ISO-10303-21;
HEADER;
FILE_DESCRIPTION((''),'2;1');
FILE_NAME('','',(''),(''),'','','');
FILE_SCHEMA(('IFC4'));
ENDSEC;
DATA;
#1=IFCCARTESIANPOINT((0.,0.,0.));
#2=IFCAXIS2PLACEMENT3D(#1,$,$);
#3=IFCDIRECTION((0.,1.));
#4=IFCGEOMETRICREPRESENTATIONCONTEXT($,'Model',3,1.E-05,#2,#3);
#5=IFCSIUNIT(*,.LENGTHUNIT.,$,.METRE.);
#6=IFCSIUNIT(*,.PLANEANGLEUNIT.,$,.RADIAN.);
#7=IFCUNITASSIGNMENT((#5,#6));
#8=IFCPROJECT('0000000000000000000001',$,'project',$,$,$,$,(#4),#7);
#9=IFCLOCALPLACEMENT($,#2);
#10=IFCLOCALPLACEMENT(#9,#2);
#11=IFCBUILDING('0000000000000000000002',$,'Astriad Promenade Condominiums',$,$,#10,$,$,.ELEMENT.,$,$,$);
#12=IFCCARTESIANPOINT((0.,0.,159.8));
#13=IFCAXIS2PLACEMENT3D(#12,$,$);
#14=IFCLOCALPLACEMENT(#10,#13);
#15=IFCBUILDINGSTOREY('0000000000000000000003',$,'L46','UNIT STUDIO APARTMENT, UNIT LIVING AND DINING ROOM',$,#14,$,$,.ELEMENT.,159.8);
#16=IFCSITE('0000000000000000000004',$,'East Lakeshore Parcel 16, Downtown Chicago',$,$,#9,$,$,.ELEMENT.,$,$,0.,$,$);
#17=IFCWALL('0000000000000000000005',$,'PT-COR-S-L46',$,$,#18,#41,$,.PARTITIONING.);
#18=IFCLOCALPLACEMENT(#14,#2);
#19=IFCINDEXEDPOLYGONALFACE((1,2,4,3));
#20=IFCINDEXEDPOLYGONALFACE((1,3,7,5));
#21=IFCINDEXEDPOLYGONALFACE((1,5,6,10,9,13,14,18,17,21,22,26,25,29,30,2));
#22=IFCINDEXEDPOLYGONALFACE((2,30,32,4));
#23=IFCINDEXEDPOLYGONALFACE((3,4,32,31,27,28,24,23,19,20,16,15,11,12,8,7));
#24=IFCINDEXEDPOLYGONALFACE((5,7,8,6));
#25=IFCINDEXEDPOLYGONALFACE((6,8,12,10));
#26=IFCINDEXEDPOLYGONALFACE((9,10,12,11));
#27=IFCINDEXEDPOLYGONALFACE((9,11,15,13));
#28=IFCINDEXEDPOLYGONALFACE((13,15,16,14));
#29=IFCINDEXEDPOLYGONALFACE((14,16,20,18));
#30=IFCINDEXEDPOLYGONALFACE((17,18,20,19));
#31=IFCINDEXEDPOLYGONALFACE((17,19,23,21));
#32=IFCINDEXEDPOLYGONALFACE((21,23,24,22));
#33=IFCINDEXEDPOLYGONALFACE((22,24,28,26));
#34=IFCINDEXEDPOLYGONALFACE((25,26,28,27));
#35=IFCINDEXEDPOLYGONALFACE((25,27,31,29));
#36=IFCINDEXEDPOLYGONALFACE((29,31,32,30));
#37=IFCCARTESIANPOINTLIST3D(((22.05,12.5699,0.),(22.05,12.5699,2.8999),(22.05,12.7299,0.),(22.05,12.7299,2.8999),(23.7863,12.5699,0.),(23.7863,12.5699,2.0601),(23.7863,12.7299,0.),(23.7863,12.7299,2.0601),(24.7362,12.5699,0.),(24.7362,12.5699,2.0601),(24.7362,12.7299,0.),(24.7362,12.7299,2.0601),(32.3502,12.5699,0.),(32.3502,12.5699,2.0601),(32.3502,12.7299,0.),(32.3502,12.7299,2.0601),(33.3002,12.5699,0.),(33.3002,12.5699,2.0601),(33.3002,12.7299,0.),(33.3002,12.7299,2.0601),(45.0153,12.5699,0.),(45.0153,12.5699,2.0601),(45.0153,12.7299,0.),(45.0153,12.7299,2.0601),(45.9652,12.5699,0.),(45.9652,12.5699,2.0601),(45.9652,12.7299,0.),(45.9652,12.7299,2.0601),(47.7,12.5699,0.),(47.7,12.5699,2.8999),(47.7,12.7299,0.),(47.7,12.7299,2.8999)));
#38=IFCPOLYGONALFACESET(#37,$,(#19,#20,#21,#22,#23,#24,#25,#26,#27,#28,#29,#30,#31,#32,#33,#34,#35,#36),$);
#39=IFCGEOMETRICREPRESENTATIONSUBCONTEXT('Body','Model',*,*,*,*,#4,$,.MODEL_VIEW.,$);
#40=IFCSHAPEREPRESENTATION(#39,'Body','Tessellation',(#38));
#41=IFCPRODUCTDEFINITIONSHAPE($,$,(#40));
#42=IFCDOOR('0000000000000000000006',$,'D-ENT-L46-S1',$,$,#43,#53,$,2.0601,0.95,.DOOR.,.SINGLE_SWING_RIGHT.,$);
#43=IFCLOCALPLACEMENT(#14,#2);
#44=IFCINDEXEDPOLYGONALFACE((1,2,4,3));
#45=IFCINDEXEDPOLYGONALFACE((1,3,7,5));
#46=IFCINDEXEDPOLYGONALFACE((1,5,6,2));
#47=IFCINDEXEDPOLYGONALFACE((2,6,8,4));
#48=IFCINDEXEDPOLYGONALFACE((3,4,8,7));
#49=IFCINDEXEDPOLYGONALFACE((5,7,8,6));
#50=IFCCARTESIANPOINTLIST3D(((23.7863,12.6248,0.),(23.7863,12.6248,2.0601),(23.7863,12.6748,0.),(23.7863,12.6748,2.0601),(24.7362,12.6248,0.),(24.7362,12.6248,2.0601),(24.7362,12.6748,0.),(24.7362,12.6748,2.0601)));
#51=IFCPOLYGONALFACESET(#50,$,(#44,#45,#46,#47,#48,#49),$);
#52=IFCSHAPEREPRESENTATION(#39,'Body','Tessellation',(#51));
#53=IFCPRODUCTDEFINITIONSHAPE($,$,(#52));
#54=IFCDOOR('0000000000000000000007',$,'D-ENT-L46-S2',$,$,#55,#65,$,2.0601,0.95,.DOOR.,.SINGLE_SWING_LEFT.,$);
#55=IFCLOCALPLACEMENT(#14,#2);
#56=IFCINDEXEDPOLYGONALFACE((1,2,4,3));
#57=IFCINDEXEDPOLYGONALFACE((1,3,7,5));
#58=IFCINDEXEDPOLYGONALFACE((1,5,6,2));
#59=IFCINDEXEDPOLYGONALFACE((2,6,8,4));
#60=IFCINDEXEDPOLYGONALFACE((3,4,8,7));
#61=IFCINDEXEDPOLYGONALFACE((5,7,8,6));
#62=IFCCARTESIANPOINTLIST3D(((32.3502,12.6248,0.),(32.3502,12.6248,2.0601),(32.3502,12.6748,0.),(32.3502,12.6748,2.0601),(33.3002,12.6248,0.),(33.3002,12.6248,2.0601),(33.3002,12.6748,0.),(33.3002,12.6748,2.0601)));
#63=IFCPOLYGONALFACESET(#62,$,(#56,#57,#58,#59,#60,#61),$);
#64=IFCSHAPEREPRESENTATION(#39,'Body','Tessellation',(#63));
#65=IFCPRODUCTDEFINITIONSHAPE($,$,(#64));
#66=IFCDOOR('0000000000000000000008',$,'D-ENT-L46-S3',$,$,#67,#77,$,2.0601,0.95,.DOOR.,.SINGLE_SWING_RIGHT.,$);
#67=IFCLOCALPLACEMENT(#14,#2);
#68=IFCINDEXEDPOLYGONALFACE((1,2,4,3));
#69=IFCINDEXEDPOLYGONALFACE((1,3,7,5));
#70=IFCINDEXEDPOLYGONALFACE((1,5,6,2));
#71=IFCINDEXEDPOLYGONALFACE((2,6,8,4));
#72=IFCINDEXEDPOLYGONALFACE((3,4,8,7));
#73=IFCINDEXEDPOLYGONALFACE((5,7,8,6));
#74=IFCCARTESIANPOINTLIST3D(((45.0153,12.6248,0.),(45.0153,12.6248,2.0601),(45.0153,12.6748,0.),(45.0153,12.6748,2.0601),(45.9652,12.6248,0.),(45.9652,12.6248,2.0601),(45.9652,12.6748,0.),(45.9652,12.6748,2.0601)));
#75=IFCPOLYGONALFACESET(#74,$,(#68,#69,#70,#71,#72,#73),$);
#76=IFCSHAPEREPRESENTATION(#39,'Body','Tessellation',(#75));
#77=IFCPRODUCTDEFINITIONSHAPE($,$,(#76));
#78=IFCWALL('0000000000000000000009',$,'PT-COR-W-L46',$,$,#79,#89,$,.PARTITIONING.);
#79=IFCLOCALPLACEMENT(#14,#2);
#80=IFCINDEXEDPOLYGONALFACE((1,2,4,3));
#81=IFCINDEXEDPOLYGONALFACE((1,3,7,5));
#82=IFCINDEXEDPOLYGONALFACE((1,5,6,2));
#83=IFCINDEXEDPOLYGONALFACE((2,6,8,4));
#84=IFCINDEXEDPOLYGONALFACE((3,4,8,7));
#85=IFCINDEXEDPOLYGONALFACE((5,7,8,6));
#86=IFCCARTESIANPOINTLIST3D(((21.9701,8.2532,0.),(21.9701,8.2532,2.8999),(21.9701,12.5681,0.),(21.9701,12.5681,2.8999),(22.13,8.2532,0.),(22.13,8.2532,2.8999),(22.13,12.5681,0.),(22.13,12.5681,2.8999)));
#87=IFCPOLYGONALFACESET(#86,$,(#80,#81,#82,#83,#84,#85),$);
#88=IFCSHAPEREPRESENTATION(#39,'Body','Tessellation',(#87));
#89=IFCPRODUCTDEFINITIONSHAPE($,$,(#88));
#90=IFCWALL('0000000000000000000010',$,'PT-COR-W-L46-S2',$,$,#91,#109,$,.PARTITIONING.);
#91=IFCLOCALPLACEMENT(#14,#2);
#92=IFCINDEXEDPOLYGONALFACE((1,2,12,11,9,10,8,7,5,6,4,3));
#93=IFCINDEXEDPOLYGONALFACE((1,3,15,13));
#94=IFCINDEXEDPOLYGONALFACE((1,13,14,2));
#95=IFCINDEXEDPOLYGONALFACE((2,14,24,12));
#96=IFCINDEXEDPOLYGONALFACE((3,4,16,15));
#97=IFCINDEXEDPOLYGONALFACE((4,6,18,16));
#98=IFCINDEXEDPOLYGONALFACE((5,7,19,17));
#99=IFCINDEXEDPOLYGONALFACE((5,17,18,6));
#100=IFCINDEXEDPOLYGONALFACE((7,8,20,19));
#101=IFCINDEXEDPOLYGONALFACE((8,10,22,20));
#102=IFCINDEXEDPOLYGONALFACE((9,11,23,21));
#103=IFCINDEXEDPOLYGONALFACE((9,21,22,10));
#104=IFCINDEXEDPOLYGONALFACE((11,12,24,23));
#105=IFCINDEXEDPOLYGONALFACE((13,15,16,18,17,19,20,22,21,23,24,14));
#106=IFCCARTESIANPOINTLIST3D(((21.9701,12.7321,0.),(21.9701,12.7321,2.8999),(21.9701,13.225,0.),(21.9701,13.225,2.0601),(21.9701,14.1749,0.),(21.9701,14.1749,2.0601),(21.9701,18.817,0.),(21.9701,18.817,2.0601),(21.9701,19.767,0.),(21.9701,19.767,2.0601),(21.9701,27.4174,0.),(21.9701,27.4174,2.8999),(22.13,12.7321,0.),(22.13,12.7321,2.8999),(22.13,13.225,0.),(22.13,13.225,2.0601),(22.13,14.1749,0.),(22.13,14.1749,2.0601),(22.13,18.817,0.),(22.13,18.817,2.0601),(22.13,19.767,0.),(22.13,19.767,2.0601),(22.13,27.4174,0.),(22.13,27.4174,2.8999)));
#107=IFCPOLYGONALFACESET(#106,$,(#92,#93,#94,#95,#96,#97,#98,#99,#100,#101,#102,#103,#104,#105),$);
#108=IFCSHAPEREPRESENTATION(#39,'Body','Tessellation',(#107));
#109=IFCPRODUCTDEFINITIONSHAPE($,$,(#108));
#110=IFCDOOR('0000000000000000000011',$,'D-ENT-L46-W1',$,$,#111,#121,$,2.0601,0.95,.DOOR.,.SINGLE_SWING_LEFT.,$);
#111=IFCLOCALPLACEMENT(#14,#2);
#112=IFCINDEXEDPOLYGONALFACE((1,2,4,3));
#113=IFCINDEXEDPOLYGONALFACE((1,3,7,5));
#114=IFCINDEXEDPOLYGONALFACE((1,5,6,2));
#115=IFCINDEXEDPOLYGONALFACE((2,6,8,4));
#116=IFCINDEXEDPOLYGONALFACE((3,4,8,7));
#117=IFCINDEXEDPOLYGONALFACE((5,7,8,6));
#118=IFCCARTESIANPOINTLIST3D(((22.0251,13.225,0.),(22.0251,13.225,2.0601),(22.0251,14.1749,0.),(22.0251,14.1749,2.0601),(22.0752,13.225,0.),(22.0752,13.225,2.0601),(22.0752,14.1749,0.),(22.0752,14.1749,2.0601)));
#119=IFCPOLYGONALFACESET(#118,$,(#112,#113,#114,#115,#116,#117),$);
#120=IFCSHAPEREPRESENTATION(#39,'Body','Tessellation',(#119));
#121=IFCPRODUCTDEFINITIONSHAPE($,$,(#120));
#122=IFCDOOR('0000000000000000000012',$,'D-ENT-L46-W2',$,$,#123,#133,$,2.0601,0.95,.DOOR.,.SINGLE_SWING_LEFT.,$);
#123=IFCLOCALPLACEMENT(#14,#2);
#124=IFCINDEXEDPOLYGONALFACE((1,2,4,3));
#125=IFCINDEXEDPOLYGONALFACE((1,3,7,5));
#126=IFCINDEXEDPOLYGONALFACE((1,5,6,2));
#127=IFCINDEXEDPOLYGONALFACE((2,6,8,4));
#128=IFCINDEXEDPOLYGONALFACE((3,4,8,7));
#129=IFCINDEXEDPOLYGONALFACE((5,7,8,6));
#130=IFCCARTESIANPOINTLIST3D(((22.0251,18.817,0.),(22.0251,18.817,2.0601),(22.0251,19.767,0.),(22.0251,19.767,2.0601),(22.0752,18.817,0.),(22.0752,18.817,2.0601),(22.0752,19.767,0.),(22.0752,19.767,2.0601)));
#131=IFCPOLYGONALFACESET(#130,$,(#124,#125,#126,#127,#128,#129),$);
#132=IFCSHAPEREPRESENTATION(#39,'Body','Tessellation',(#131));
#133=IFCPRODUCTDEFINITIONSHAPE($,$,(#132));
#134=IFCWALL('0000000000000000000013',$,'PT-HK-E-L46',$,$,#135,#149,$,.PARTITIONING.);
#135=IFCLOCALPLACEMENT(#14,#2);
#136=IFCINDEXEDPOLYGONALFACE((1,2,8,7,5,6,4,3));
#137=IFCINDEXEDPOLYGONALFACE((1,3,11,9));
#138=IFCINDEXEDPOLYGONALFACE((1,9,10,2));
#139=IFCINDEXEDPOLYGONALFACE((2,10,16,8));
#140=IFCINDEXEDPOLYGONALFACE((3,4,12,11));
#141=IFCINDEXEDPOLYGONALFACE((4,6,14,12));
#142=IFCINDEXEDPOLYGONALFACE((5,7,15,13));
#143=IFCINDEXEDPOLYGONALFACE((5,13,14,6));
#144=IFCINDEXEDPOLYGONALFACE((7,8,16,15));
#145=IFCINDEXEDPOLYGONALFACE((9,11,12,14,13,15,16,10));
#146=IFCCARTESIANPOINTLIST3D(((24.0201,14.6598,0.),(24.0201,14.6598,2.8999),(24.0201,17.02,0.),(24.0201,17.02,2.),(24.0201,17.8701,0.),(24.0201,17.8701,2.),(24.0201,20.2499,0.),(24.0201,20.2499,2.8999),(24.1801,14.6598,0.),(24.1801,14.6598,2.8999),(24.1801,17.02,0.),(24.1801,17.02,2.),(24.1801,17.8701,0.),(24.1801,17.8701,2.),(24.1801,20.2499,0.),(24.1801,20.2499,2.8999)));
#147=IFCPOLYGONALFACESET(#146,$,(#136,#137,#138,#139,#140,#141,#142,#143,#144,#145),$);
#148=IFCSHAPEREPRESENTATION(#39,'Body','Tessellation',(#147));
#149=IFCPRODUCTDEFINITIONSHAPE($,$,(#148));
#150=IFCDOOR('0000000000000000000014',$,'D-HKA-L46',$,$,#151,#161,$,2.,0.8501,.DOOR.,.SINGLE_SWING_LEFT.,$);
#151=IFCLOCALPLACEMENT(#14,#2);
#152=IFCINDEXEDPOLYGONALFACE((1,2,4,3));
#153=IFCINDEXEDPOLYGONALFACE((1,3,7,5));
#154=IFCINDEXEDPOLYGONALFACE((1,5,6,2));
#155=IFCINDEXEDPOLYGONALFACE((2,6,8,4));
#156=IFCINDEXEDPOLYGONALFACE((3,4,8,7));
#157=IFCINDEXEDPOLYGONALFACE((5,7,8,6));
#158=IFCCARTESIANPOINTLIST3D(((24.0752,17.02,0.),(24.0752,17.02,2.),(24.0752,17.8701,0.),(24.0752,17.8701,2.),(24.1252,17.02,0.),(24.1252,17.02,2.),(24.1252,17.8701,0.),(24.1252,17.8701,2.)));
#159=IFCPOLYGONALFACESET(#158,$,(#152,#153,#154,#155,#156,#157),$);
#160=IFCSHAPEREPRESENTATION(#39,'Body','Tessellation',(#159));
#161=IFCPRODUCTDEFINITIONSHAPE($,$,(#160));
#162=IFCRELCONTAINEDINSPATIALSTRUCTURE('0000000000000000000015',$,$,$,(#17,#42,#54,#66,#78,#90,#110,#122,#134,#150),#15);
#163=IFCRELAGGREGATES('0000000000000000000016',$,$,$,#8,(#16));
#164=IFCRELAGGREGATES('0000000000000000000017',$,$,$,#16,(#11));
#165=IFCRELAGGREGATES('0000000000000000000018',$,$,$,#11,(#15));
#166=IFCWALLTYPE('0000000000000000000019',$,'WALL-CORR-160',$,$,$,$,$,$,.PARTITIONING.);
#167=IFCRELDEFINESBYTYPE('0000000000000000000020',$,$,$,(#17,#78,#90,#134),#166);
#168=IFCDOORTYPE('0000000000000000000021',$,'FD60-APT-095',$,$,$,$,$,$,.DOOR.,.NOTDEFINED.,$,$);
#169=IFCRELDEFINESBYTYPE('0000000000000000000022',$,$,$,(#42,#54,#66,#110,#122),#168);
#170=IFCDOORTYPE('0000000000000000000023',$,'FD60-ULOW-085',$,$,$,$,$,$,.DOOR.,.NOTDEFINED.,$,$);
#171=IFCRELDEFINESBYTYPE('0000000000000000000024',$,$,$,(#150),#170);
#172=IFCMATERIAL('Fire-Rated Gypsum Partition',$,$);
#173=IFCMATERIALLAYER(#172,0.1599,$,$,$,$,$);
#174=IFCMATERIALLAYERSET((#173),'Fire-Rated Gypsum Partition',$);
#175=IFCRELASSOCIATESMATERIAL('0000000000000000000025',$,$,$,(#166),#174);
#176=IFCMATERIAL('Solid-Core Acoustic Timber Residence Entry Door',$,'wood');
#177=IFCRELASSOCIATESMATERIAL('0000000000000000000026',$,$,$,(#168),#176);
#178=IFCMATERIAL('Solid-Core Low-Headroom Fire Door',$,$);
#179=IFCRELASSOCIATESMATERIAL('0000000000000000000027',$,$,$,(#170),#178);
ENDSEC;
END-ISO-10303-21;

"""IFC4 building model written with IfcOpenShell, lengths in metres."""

from ifc_helpers import new_model, si_unit, direction, frame, frame_2d, origin, place, context, subcontext, project, spatial, rectangle, extrude, source, transform, mapped, material, layer, layer_set, type_object, type_shapes, element, fill, save


model = new_model("IFC4")

# Units and contexts
model_context = context("Model", 3, precision=1e-05, world=origin(), true_north=direction((0.0, 1.0)))
body_context = subcontext(model_context, "Body", "Model", "MODEL_VIEW")
ifc_project = project(units=[si_unit("LENGTHUNIT", "METRE"), si_unit("PLANEANGLEUNIT", "RADIAN")], contexts=[model_context])

# Site, building, storey
site_placement = place(None, origin())
site = spatial("IfcSite", under=ifc_project, at=site_placement, Name="East Lakeshore Parcel 16, Downtown Chicago", CompositionType="ELEMENT", RefElevation=0.0)
building_placement = place(site_placement, origin())
building = spatial("IfcBuilding", under=site, at=building_placement, Name="Astriad Promenade Condominiums", CompositionType="ELEMENT")
storey_placement = place(building_placement, frame((0.0, 0.0, 159.8)))
storey = spatial("IfcBuildingStorey", under=building, at=storey_placement, Name="L46", Description="UNIT STUDIO APARTMENT, UNIT LIVING AND DINING ROOM", CompositionType="ELEMENT", Elevation=159.8)

# Wall, openings, doors
ifc_material_1 = material(Name="Fire-Rated Gypsum Partition")
ifc_layer_1 = layer(ifc_material_1, 0.1599)
ifc_layer_set_1 = layer_set([ifc_layer_1], Name="Fire-Rated Gypsum Partition")
wall_type_1 = type_object("IfcWallType", Name="WALL-CORR-160", PredefinedType="PARTITIONING", material=ifc_layer_set_1)
wall_1_placement = place(storey_placement, frame((22.05, 12.6499, 0.0), z_axis=(0.0, 0.0, 1.0), x_axis=(1.0, 0.0, 0.0)))
wall_1 = element("IfcWall", 1, at=wall_1_placement, inside=storey, type_object=wall_type_1, Name="PT-COR-S-L46", PredefinedType="PARTITIONING", context=body_context, shape_type="SweptSolid", body=[
    extrude(rectangle(XDim=25.6499, YDim=0.1599, at=frame_2d((12.825, 0.0))), origin(), (0.0, 0.0, 1.0), 2.8999),
])
opening_1_placement = place(wall_1_placement, frame((1.7361, 0.0, 0.0)))
opening_1 = element("IfcOpeningElement", 2, at=opening_1_placement, cuts=wall_1, PredefinedType="OPENING", context=body_context, shape_type="SweptSolid", body=[
    extrude(rectangle(XDim=0.95, YDim=2.0601, at=frame_2d((0.4751, 1.03))), frame((0.0, 0.0898, 0.0), z_axis=(0.0, -1.0, 0.0), x_axis=(1.0, 0.0, 0.0)), (0.0, 0.0, 1.0), 0.1799),
])
opening_2_placement = place(wall_1_placement, frame((10.3, 0.0, 0.0)))
opening_2 = element("IfcOpeningElement", 3, at=opening_2_placement, cuts=wall_1, PredefinedType="OPENING", context=body_context, shape_type="SweptSolid", body=[
    extrude(rectangle(XDim=0.95, YDim=2.0601, at=frame_2d((0.4751, 1.03))), frame((0.0, 0.0898, 0.0), z_axis=(0.0, -1.0, 0.0), x_axis=(1.0, 0.0, 0.0)), (0.0, 0.0, 1.0), 0.1799),
])
opening_3_placement = place(wall_1_placement, frame((22.9651, 0.0, 0.0)))
opening_3 = element("IfcOpeningElement", 4, at=opening_3_placement, cuts=wall_1, PredefinedType="OPENING", context=body_context, shape_type="SweptSolid", body=[
    extrude(rectangle(XDim=0.95, YDim=2.0601, at=frame_2d((0.4751, 1.03))), frame((0.0, 0.0898, 0.0), z_axis=(0.0, -1.0, 0.0), x_axis=(1.0, 0.0, 0.0)), (0.0, 0.0, 1.0), 0.1799),
])
ifc_material_2 = material(Name="Solid-Core Acoustic Timber Residence Entry Door", Category="wood")
door_type_1 = type_object("IfcDoorType", Name="FD60-APT-095", OperationType="NOTDEFINED", PredefinedType="DOOR", material=ifc_material_2)
shared_shape_1 = source(origin(), body_context, "Body", "SweptSolid", [
    extrude(rectangle(XDim=0.95, YDim=2.0601, at=frame_2d((0.4751, 1.03))), frame((0.0, 0.0249, 0.0), z_axis=(0.0, -1.0, 0.0), x_axis=(1.0, 0.0, 0.0)), (0.0, 0.0, 1.0), 0.05),
])
type_shapes(door_type_1, [shared_shape_1])
door_1_placement = place(opening_1_placement, origin())
door_1 = element("IfcDoor", 5, at=door_1_placement, inside=storey, type_object=door_type_1, Name="D-ENT-L46-S1", OperationType="SINGLE_SWING_RIGHT", OverallHeight=2.0601, OverallWidth=0.95, PredefinedType="DOOR", context=body_context, shape_type="MappedRepresentation", body=[
    mapped(shared_shape_1, transform((0.0, 0.0, 0.0), scale=1.0)),
])
fill(opening_1, door_1)
door_2_placement = place(opening_2_placement, origin())
door_2 = element("IfcDoor", 6, at=door_2_placement, inside=storey, type_object=door_type_1, Name="D-ENT-L46-S2", OperationType="SINGLE_SWING_LEFT", OverallHeight=2.0601, OverallWidth=0.95, PredefinedType="DOOR", context=body_context, shape_type="MappedRepresentation", body=[
    mapped(shared_shape_1, transform((0.0, 0.0, 0.0), scale=1.0)),
])
fill(opening_2, door_2)
door_3_placement = place(opening_3_placement, origin())
door_3 = element("IfcDoor", 7, at=door_3_placement, inside=storey, type_object=door_type_1, Name="D-ENT-L46-S3", OperationType="SINGLE_SWING_RIGHT", OverallHeight=2.0601, OverallWidth=0.95, PredefinedType="DOOR", context=body_context, shape_type="MappedRepresentation", body=[
    mapped(shared_shape_1, transform((0.0, 0.0, 0.0), scale=1.0)),
])
fill(opening_3, door_3)

# Wall
wall_2_placement = place(storey_placement, frame((22.05, 8.2532, 0.0), z_axis=(0.0, 0.0, 1.0), x_axis=(0.0, 1.0, 0.0)))
element("IfcWall", 8, at=wall_2_placement, inside=storey, type_object=wall_type_1, Name="PT-COR-W-L46", PredefinedType="PARTITIONING", context=body_context, shape_type="SweptSolid", body=[
    extrude(rectangle(XDim=4.3149, YDim=0.1599, at=frame_2d((2.1575, 0.0))), origin(), (0.0, 0.0, 1.0), 2.8999),
])

# Wall, openings, doors
wall_3_placement = place(storey_placement, frame((22.05, 12.7319, 0.0), z_axis=(0.0, 0.0, 1.0), x_axis=(0.0, 1.0, 0.0)))
wall_3 = element("IfcWall", 9, at=wall_3_placement, inside=storey, type_object=wall_type_1, Name="PT-COR-W-L46-S2", PredefinedType="PARTITIONING", context=body_context, shape_type="SweptSolid", body=[
    extrude(rectangle(XDim=14.6853, YDim=0.1599, at=frame_2d((7.3428, 0.0))), origin(), (0.0, 0.0, 1.0), 2.8999),
])
opening_4_placement = place(wall_3_placement, frame((0.4929, 0.0, 0.0)))
opening_4 = element("IfcOpeningElement", 10, at=opening_4_placement, cuts=wall_3, PredefinedType="OPENING", context=body_context, shape_type="SweptSolid", body=[
    extrude(rectangle(XDim=0.95, YDim=2.0601, at=frame_2d((0.4751, 1.03))), frame((0.0, 0.0898, 0.0), z_axis=(0.0, -1.0, 0.0), x_axis=(1.0, 0.0, 0.0)), (0.0, 0.0, 1.0), 0.1799),
])
opening_5_placement = place(wall_3_placement, frame((6.085, 0.0, 0.0)))
opening_5 = element("IfcOpeningElement", 11, at=opening_5_placement, cuts=wall_3, PredefinedType="OPENING", context=body_context, shape_type="SweptSolid", body=[
    extrude(rectangle(XDim=0.95, YDim=2.0601, at=frame_2d((0.4751, 1.03))), frame((0.0, 0.0898, 0.0), z_axis=(0.0, -1.0, 0.0), x_axis=(1.0, 0.0, 0.0)), (0.0, 0.0, 1.0), 0.1799),
])
door_4_placement = place(opening_4_placement, origin())
door_4 = element("IfcDoor", 12, at=door_4_placement, inside=storey, type_object=door_type_1, Name="D-ENT-L46-W1", OperationType="SINGLE_SWING_LEFT", OverallHeight=2.0601, OverallWidth=0.95, PredefinedType="DOOR", context=body_context, shape_type="MappedRepresentation", body=[
    mapped(shared_shape_1, transform((0.0, 0.0, 0.0), scale=1.0)),
])
fill(opening_4, door_4)
door_5_placement = place(opening_5_placement, origin())
door_5 = element("IfcDoor", 13, at=door_5_placement, inside=storey, type_object=door_type_1, Name="D-ENT-L46-W2", OperationType="SINGLE_SWING_LEFT", OverallHeight=2.0601, OverallWidth=0.95, PredefinedType="DOOR", context=body_context, shape_type="MappedRepresentation", body=[
    mapped(shared_shape_1, transform((0.0, 0.0, 0.0), scale=1.0)),
])
fill(opening_5, door_5)

# Wall, opening, door
wall_4_placement = place(storey_placement, frame((24.1001, 14.6599, 0.0), z_axis=(0.0, 0.0, 1.0), x_axis=(0.0, 1.0, 0.0)))
wall_4 = element("IfcWall", 14, at=wall_4_placement, inside=storey, type_object=wall_type_1, Name="PT-HK-E-L46", PredefinedType="PARTITIONING", context=body_context, shape_type="SweptSolid", body=[
    extrude(rectangle(XDim=5.5901, YDim=0.1599, at=frame_2d((2.7949, 0.0))), origin(), (0.0, 0.0, 1.0), 2.8999),
])
opening_6_placement = place(wall_4_placement, frame((2.3601, 0.0, 0.0)))
opening_6 = element("IfcOpeningElement", 15, at=opening_6_placement, cuts=wall_4, PredefinedType="OPENING", context=body_context, shape_type="SweptSolid", body=[
    extrude(rectangle(XDim=0.8501, YDim=2.0, at=frame_2d((0.425, 1.0))), frame((0.0, 0.0898, 0.0), z_axis=(0.0, -1.0, 0.0), x_axis=(1.0, 0.0, 0.0)), (0.0, 0.0, 1.0), 0.1799),
])
ifc_material_3 = material(Name="Solid-Core Low-Headroom Fire Door")
door_type_2 = type_object("IfcDoorType", Name="FD60-ULOW-085", OperationType="NOTDEFINED", PredefinedType="DOOR", material=ifc_material_3)
shared_shape_2 = source(origin(), body_context, "Body", "SweptSolid", [
    extrude(rectangle(XDim=0.8501, YDim=2.0, at=frame_2d((0.425, 1.0))), frame((0.0, 0.0249, 0.0), z_axis=(0.0, -1.0, 0.0), x_axis=(1.0, 0.0, 0.0)), (0.0, 0.0, 1.0), 0.05),
])
type_shapes(door_type_2, [shared_shape_2])
door_6_placement = place(opening_6_placement, origin())
door_6 = element("IfcDoor", 16, at=door_6_placement, inside=storey, type_object=door_type_2, Name="D-HKA-L46", OperationType="SINGLE_SWING_LEFT", OverallHeight=2.0, OverallWidth=0.8501, PredefinedType="DOOR", context=body_context, shape_type="MappedRepresentation", body=[
    mapped(shared_shape_2, transform((0.0, 0.0, 0.0), scale=1.0)),
])
fill(opening_6, door_6)

save(model, "model.ifc")
